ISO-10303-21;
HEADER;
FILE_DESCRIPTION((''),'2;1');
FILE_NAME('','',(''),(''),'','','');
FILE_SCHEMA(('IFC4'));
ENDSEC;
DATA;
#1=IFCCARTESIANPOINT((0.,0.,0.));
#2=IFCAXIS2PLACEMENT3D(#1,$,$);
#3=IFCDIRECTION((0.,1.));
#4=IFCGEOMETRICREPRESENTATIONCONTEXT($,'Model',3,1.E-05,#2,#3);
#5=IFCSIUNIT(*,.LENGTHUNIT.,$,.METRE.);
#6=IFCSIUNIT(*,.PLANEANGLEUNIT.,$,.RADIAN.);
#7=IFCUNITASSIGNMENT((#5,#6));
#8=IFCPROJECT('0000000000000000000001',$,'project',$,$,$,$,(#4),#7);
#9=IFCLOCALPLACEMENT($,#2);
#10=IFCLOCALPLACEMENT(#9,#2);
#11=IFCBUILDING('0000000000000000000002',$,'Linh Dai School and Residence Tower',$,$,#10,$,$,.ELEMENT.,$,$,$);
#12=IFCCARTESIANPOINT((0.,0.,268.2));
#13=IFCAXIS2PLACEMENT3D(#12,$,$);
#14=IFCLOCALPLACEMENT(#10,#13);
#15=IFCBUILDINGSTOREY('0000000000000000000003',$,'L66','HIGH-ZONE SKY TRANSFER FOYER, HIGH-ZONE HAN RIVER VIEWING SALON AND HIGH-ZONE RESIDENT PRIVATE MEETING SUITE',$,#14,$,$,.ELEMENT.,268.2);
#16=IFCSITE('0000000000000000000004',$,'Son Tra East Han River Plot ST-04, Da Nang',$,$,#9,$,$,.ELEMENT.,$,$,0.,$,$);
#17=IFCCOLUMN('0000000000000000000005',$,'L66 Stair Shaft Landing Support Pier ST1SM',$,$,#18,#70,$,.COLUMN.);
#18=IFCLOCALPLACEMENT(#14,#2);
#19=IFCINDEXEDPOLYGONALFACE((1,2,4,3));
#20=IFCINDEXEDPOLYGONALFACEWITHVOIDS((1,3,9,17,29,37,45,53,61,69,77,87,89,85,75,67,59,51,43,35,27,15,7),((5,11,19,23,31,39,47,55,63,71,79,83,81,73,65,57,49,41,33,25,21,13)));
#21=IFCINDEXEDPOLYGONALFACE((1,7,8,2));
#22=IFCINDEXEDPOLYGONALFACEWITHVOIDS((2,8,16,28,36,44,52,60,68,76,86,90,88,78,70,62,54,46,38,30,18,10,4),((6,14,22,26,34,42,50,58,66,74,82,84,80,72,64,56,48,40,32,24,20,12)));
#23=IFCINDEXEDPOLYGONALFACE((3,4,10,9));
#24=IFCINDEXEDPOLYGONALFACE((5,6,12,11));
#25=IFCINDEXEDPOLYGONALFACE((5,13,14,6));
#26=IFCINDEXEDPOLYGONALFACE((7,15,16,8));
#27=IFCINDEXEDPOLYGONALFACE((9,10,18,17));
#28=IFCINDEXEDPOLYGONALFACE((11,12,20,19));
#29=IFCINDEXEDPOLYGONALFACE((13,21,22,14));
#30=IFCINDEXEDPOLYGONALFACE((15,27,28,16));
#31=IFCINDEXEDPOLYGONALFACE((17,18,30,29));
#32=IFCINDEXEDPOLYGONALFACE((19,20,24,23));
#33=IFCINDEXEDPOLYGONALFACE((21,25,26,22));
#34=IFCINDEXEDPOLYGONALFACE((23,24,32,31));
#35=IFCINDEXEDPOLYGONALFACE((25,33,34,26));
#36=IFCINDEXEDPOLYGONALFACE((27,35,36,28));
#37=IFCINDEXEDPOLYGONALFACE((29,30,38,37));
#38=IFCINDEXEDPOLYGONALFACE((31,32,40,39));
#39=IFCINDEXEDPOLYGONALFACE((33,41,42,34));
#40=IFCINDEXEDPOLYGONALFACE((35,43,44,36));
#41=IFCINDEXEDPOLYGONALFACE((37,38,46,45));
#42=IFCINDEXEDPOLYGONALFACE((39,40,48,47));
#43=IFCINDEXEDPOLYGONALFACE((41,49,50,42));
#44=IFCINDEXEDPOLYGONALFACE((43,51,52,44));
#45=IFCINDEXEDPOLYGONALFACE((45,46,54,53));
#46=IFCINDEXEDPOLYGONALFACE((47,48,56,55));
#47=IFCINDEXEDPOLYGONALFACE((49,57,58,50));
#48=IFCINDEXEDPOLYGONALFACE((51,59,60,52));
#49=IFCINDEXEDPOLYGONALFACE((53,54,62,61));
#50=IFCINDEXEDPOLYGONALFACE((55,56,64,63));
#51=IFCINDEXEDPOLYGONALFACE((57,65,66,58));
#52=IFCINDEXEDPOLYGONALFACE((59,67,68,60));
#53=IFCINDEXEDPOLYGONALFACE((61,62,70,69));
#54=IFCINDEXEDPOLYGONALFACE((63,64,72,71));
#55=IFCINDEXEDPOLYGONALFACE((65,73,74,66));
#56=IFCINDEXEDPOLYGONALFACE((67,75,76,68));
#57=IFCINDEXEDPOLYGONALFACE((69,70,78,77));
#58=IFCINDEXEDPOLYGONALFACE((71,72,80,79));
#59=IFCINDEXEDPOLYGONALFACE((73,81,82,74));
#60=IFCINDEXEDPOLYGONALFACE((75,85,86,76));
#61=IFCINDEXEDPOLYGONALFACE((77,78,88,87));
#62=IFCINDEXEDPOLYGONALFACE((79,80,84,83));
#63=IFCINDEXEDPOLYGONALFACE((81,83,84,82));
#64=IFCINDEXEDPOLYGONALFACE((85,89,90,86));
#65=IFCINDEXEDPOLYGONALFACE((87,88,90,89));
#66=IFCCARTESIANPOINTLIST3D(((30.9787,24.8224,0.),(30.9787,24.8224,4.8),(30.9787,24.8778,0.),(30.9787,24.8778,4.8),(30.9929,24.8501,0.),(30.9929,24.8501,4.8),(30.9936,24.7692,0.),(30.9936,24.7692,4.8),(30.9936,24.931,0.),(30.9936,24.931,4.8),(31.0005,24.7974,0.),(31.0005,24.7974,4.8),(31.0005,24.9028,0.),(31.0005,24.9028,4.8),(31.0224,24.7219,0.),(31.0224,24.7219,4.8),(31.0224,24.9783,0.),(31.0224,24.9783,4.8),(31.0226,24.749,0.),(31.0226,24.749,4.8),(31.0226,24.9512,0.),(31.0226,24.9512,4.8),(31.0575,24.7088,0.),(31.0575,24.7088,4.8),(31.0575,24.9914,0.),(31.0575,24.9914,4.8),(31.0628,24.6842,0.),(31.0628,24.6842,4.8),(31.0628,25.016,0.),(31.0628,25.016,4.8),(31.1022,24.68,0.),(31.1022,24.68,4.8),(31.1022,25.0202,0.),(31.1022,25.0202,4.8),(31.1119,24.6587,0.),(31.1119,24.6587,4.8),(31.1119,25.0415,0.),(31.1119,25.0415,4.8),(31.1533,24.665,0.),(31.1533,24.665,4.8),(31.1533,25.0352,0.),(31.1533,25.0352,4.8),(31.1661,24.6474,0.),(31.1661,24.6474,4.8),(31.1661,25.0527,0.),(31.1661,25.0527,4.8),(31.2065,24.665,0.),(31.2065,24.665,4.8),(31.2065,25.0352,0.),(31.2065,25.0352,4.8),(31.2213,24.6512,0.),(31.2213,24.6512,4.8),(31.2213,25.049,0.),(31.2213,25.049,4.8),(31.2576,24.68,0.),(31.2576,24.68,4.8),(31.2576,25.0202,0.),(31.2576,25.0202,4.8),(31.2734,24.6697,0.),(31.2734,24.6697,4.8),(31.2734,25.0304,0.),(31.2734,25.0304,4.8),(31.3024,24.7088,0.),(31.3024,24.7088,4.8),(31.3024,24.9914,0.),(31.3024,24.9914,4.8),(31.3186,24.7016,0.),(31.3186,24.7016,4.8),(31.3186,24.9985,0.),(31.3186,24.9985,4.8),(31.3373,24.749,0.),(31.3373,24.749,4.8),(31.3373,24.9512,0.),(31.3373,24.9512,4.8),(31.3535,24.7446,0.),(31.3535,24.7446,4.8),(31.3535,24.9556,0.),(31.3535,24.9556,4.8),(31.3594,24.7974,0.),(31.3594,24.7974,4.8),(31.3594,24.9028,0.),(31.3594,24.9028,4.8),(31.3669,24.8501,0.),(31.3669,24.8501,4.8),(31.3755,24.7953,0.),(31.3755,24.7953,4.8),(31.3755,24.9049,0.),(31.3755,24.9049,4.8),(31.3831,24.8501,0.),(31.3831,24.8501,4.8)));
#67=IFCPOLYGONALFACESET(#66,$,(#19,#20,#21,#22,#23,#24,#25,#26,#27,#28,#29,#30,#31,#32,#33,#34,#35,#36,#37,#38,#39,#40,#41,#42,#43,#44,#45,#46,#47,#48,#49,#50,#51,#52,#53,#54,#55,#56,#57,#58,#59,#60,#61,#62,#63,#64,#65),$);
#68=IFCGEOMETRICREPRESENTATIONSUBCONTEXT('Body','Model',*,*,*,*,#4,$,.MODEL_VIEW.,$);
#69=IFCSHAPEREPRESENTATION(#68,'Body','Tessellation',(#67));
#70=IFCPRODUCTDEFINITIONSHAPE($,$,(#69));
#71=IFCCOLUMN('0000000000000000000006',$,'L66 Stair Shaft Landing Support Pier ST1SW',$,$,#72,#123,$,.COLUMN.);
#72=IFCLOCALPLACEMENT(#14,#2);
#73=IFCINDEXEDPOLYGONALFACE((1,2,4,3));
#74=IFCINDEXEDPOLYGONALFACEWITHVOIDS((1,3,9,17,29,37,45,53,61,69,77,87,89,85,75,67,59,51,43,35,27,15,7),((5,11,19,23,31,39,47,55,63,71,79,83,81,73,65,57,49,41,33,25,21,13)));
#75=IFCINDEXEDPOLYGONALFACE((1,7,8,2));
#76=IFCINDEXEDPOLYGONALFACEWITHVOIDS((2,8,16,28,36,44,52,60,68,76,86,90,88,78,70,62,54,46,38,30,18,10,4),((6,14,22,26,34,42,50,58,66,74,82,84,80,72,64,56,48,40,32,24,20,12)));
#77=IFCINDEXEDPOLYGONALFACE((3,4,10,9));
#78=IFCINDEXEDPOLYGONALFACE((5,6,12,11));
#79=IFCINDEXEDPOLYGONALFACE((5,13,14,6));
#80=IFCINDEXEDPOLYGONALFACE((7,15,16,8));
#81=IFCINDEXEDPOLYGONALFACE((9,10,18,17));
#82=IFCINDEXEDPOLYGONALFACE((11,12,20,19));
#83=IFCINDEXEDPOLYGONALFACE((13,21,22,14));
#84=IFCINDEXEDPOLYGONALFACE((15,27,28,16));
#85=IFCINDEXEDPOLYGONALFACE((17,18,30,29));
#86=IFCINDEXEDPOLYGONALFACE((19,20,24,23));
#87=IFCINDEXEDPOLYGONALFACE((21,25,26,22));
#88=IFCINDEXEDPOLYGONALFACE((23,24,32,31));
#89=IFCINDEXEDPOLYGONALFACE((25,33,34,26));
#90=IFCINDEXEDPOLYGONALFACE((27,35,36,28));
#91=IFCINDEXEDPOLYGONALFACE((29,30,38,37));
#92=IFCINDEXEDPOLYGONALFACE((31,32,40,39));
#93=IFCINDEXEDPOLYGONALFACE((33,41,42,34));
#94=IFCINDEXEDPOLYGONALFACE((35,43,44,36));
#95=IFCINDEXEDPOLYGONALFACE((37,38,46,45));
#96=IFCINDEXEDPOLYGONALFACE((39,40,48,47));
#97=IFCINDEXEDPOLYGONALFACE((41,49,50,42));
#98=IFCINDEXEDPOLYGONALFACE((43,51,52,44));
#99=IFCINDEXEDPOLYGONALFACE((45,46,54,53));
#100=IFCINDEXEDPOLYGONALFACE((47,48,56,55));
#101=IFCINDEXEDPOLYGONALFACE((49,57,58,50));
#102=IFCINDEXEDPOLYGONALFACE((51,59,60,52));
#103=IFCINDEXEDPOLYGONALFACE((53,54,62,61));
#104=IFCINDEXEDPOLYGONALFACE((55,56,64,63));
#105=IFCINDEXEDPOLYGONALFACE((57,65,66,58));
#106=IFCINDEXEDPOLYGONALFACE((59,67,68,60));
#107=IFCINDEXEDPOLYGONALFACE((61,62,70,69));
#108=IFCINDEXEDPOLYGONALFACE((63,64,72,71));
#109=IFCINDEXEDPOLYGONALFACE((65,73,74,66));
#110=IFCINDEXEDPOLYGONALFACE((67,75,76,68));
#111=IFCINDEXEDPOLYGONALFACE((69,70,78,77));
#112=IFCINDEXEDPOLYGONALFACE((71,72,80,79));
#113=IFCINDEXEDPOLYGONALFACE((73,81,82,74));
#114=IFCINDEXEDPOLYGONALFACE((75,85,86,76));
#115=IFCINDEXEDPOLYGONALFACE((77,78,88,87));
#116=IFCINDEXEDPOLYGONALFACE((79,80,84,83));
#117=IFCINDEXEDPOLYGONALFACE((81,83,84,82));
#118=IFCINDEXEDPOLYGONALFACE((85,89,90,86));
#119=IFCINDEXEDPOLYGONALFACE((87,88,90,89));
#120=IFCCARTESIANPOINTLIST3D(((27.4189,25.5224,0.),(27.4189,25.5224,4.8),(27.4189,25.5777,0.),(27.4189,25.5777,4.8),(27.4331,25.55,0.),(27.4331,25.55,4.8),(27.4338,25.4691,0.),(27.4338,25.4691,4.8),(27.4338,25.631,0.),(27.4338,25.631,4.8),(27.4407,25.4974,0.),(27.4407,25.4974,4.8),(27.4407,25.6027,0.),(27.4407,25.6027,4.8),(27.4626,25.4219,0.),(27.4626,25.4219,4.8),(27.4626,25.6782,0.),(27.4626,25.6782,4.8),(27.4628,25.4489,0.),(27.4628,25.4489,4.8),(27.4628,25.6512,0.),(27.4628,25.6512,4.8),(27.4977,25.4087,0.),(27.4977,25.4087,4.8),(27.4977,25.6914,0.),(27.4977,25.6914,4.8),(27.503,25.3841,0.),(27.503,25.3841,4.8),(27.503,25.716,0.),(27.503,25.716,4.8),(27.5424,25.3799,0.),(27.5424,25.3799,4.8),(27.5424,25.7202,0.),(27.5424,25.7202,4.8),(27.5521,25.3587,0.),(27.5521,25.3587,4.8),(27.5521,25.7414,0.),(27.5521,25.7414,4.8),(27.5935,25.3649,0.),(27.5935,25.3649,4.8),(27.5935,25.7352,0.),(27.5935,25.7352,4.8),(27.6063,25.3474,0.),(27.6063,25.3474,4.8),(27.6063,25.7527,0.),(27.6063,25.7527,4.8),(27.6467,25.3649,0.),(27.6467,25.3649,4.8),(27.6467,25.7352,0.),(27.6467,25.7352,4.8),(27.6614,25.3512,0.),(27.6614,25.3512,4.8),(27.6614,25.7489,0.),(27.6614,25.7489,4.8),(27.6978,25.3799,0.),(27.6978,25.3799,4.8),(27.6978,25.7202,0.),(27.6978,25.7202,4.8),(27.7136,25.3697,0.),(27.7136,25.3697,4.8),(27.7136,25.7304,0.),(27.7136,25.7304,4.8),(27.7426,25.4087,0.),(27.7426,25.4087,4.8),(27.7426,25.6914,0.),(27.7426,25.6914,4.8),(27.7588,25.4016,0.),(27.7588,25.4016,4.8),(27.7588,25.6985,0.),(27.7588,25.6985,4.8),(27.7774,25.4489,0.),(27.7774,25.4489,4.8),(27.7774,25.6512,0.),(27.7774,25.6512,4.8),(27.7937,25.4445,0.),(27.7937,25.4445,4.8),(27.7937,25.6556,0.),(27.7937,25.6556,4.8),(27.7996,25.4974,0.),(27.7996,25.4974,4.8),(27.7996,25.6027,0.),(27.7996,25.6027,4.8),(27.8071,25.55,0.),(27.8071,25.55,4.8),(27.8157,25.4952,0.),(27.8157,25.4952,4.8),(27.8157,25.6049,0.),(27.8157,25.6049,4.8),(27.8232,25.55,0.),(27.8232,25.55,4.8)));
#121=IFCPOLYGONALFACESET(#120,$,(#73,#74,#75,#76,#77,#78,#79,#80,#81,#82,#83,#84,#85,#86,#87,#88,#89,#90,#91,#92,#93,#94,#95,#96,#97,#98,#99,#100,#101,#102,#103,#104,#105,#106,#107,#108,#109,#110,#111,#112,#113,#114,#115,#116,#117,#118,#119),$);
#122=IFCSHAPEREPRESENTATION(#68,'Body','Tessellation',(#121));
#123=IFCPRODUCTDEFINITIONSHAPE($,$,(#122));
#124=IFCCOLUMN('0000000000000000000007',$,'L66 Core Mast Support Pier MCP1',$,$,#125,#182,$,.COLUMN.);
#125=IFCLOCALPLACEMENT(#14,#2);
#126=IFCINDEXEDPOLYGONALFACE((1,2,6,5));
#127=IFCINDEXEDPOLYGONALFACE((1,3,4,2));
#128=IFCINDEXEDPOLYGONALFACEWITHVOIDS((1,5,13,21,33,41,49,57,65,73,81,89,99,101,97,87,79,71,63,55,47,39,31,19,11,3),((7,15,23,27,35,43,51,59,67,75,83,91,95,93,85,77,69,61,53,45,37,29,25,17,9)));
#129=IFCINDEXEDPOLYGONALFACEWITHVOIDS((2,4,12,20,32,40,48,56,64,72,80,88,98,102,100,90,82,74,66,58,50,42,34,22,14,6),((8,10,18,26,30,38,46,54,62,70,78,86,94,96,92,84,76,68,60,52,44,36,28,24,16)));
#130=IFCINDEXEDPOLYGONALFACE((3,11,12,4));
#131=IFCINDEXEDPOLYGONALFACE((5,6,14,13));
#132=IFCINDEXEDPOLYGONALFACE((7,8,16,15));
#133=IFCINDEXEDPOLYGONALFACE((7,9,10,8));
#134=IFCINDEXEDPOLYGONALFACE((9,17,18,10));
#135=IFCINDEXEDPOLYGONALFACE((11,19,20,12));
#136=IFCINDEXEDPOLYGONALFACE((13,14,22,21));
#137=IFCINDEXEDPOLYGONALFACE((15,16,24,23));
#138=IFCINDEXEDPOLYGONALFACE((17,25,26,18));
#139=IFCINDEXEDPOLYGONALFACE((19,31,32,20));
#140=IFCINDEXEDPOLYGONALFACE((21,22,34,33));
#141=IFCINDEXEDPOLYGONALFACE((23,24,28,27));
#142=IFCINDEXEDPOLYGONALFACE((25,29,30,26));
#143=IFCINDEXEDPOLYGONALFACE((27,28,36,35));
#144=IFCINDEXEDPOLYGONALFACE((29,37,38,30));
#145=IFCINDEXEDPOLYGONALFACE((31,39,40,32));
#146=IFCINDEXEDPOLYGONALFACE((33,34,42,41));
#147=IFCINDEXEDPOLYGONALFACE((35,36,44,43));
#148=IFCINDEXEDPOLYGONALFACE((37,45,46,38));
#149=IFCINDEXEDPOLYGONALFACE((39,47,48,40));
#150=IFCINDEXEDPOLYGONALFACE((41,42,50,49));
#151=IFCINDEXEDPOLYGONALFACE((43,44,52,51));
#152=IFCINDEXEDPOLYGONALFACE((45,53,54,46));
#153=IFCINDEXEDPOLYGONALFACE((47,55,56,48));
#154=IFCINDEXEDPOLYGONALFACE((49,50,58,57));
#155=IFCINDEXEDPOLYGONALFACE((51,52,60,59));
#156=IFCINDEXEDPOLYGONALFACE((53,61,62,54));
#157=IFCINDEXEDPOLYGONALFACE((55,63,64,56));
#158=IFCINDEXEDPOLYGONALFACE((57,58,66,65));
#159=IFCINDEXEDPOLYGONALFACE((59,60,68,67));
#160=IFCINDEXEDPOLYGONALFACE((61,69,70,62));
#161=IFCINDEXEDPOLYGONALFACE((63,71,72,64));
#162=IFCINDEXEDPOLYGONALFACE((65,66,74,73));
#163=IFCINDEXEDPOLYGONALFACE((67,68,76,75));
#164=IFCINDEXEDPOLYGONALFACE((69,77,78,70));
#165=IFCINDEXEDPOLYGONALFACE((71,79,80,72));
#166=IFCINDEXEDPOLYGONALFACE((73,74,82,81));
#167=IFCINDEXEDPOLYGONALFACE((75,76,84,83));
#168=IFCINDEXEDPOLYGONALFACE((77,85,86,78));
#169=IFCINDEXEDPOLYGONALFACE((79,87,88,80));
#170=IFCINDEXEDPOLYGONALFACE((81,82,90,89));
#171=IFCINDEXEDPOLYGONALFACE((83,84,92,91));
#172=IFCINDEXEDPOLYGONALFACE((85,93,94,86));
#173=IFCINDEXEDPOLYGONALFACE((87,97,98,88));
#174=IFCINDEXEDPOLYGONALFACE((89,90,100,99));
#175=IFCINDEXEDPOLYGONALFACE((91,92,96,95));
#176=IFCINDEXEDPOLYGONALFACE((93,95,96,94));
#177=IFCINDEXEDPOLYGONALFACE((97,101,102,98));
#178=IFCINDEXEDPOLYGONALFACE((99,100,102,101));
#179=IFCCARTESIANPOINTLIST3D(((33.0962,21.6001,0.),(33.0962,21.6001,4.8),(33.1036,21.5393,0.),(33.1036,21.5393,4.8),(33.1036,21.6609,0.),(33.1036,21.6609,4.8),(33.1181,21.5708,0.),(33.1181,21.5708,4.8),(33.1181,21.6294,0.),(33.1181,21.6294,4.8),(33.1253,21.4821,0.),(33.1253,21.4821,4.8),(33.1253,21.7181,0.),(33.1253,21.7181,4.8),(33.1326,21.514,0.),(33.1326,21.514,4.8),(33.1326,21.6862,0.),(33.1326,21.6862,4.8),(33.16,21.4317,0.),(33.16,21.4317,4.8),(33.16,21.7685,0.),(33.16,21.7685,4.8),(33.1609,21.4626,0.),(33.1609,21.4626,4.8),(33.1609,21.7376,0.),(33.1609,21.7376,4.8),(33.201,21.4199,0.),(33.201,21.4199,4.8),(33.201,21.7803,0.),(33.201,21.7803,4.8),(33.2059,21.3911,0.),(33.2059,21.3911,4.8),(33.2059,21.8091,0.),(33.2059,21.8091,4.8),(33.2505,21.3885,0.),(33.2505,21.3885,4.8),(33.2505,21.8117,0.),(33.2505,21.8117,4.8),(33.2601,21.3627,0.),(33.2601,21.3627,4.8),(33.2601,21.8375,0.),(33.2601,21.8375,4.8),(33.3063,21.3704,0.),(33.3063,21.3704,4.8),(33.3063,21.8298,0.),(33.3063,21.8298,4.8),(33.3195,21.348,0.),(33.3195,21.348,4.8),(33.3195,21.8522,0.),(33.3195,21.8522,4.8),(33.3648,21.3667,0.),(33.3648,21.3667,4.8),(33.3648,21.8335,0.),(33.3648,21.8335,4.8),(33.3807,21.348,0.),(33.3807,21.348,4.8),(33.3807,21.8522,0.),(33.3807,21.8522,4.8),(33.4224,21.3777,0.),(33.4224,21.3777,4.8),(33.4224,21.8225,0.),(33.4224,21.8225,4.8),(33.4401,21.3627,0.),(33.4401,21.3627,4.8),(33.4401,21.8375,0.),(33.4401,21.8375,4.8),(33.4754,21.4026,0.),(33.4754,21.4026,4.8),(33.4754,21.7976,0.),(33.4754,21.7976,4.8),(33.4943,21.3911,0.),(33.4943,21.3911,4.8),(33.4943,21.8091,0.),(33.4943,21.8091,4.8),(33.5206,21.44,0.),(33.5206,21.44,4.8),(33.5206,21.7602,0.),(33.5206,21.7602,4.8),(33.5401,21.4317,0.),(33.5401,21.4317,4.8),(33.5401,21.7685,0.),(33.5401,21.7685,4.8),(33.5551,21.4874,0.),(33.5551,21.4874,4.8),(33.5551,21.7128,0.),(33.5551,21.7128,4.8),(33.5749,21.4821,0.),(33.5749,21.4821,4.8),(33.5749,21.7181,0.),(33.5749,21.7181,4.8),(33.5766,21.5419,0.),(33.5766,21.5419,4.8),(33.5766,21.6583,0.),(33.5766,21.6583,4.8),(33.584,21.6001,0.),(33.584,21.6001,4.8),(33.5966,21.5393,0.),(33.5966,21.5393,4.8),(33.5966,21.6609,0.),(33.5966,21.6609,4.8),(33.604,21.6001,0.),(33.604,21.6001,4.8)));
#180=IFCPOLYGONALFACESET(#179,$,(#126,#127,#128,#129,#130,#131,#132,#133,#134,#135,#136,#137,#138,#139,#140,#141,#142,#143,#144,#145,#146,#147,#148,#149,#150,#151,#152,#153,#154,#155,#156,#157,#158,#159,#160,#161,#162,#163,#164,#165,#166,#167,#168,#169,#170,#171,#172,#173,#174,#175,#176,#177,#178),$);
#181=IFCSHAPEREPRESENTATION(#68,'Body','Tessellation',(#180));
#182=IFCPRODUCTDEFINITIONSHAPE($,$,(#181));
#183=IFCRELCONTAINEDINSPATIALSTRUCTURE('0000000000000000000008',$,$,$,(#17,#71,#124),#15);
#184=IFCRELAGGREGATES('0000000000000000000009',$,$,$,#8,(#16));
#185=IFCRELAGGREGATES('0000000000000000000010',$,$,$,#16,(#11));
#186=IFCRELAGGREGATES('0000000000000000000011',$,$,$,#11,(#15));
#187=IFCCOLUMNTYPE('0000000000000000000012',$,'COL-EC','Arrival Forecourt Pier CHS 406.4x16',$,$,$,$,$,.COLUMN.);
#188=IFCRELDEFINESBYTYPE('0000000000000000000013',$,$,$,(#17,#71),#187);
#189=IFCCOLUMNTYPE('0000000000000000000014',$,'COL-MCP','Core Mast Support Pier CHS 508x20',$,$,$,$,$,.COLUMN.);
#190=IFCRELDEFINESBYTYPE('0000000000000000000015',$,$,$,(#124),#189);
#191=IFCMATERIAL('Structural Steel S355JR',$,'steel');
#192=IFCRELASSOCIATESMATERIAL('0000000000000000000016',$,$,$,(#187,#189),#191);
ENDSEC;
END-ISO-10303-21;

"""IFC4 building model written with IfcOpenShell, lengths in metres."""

from ifc_helpers import new_model, si_unit, direction, frame, origin, origin_2d, place, context, subcontext, project, spatial, hollow_circle, extrude, material, material_profile, profile_set, type_object, element, save


model = new_model("IFC4")

# Units and contexts
model_context = context("Model", 3, precision=1e-05, world=origin(), true_north=direction((0.0, 1.0)))
body_context = subcontext(model_context, "Body", "Model", "MODEL_VIEW")
ifc_project = project(units=[si_unit("LENGTHUNIT", "METRE"), si_unit("PLANEANGLEUNIT", "RADIAN")], contexts=[model_context])

# Site, building, storey
site_placement = place(None, origin())
site = spatial("IfcSite", under=ifc_project, at=site_placement, Name="Son Tra East Han River Plot ST-04, Da Nang", CompositionType="ELEMENT", RefElevation=0.0)
building_placement = place(site_placement, origin())
building = spatial("IfcBuilding", under=site, at=building_placement, Name="Linh Dai School and Residence Tower", CompositionType="ELEMENT")
storey_placement = place(building_placement, frame((0.0, 0.0, 268.2)))
storey = spatial("IfcBuildingStorey", under=building, at=storey_placement, Name="L66", Description="HIGH-ZONE SKY TRANSFER FOYER, HIGH-ZONE HAN RIVER VIEWING SALON AND HIGH-ZONE RESIDENT PRIVATE MEETING SUITE", CompositionType="ELEMENT", Elevation=268.2)

# Columns
ifc_material_1 = material(Name="Structural Steel S355JR", Category="steel")
ifc_material_profile_1 = material_profile(ifc_material_1, hollow_circle(Radius=0.2031, WallThickness=0.0161, at=origin_2d()), Name="CHS 406.4x16")
ifc_profile_set_1 = profile_set([ifc_material_profile_1], Name="Structural Steel S355JR")
column_type_1 = type_object("IfcColumnType", Name="COL-EC", Description="Arrival Forecourt Pier CHS 406.4x16", PredefinedType="COLUMN", material=ifc_profile_set_1)
for number, where, z_axis, x_axis, name in (
    (1, (31.1799, 24.8501, 0.0), (0.0, 0.0, 1.0), (1.0, 0.0, 0.0), "L66 Stair Shaft Landing Support Pier ST1SM"),
    (2, (27.6201, 25.55, 0.0), (0.0, 0.0, 1.0), (1.0, 0.0, 0.0), "L66 Stair Shaft Landing Support Pier ST1SW"),
):
    element("IfcColumn", number, at=place(storey_placement, frame(where, z_axis=z_axis, x_axis=x_axis)), inside=storey, type_object=column_type_1, Name=name, PredefinedType="COLUMN", context=body_context, shape_type="SweptSolid", body=[
        extrude(hollow_circle(Radius=0.2031, WallThickness=0.0161, at=origin_2d()), origin(), (0.0, 0.0, 1.0), 4.8),
    ])
ifc_material_profile_2 = material_profile(ifc_material_1, hollow_circle(Radius=0.2539, WallThickness=0.02, at=origin_2d()), Name="CHS 508x20")
ifc_profile_set_2 = profile_set([ifc_material_profile_2], Name="Structural Steel S355JR")
column_type_2 = type_object("IfcColumnType", Name="COL-MCP", Description="Core Mast Support Pier CHS 508x20", PredefinedType="COLUMN", material=ifc_profile_set_2)
column_placement = place(storey_placement, frame((33.3501, 21.6001, 0.0), z_axis=(0.0, 0.0, 1.0), x_axis=(1.0, 0.0, 0.0)))
element("IfcColumn", 3, at=column_placement, inside=storey, type_object=column_type_2, Name="L66 Core Mast Support Pier MCP1", PredefinedType="COLUMN", context=body_context, shape_type="SweptSolid", body=[
    extrude(hollow_circle(Radius=0.2539, WallThickness=0.02, at=origin_2d()), origin(), (0.0, 0.0, 1.0), 4.8),
])

save(model, "model.ifc")
